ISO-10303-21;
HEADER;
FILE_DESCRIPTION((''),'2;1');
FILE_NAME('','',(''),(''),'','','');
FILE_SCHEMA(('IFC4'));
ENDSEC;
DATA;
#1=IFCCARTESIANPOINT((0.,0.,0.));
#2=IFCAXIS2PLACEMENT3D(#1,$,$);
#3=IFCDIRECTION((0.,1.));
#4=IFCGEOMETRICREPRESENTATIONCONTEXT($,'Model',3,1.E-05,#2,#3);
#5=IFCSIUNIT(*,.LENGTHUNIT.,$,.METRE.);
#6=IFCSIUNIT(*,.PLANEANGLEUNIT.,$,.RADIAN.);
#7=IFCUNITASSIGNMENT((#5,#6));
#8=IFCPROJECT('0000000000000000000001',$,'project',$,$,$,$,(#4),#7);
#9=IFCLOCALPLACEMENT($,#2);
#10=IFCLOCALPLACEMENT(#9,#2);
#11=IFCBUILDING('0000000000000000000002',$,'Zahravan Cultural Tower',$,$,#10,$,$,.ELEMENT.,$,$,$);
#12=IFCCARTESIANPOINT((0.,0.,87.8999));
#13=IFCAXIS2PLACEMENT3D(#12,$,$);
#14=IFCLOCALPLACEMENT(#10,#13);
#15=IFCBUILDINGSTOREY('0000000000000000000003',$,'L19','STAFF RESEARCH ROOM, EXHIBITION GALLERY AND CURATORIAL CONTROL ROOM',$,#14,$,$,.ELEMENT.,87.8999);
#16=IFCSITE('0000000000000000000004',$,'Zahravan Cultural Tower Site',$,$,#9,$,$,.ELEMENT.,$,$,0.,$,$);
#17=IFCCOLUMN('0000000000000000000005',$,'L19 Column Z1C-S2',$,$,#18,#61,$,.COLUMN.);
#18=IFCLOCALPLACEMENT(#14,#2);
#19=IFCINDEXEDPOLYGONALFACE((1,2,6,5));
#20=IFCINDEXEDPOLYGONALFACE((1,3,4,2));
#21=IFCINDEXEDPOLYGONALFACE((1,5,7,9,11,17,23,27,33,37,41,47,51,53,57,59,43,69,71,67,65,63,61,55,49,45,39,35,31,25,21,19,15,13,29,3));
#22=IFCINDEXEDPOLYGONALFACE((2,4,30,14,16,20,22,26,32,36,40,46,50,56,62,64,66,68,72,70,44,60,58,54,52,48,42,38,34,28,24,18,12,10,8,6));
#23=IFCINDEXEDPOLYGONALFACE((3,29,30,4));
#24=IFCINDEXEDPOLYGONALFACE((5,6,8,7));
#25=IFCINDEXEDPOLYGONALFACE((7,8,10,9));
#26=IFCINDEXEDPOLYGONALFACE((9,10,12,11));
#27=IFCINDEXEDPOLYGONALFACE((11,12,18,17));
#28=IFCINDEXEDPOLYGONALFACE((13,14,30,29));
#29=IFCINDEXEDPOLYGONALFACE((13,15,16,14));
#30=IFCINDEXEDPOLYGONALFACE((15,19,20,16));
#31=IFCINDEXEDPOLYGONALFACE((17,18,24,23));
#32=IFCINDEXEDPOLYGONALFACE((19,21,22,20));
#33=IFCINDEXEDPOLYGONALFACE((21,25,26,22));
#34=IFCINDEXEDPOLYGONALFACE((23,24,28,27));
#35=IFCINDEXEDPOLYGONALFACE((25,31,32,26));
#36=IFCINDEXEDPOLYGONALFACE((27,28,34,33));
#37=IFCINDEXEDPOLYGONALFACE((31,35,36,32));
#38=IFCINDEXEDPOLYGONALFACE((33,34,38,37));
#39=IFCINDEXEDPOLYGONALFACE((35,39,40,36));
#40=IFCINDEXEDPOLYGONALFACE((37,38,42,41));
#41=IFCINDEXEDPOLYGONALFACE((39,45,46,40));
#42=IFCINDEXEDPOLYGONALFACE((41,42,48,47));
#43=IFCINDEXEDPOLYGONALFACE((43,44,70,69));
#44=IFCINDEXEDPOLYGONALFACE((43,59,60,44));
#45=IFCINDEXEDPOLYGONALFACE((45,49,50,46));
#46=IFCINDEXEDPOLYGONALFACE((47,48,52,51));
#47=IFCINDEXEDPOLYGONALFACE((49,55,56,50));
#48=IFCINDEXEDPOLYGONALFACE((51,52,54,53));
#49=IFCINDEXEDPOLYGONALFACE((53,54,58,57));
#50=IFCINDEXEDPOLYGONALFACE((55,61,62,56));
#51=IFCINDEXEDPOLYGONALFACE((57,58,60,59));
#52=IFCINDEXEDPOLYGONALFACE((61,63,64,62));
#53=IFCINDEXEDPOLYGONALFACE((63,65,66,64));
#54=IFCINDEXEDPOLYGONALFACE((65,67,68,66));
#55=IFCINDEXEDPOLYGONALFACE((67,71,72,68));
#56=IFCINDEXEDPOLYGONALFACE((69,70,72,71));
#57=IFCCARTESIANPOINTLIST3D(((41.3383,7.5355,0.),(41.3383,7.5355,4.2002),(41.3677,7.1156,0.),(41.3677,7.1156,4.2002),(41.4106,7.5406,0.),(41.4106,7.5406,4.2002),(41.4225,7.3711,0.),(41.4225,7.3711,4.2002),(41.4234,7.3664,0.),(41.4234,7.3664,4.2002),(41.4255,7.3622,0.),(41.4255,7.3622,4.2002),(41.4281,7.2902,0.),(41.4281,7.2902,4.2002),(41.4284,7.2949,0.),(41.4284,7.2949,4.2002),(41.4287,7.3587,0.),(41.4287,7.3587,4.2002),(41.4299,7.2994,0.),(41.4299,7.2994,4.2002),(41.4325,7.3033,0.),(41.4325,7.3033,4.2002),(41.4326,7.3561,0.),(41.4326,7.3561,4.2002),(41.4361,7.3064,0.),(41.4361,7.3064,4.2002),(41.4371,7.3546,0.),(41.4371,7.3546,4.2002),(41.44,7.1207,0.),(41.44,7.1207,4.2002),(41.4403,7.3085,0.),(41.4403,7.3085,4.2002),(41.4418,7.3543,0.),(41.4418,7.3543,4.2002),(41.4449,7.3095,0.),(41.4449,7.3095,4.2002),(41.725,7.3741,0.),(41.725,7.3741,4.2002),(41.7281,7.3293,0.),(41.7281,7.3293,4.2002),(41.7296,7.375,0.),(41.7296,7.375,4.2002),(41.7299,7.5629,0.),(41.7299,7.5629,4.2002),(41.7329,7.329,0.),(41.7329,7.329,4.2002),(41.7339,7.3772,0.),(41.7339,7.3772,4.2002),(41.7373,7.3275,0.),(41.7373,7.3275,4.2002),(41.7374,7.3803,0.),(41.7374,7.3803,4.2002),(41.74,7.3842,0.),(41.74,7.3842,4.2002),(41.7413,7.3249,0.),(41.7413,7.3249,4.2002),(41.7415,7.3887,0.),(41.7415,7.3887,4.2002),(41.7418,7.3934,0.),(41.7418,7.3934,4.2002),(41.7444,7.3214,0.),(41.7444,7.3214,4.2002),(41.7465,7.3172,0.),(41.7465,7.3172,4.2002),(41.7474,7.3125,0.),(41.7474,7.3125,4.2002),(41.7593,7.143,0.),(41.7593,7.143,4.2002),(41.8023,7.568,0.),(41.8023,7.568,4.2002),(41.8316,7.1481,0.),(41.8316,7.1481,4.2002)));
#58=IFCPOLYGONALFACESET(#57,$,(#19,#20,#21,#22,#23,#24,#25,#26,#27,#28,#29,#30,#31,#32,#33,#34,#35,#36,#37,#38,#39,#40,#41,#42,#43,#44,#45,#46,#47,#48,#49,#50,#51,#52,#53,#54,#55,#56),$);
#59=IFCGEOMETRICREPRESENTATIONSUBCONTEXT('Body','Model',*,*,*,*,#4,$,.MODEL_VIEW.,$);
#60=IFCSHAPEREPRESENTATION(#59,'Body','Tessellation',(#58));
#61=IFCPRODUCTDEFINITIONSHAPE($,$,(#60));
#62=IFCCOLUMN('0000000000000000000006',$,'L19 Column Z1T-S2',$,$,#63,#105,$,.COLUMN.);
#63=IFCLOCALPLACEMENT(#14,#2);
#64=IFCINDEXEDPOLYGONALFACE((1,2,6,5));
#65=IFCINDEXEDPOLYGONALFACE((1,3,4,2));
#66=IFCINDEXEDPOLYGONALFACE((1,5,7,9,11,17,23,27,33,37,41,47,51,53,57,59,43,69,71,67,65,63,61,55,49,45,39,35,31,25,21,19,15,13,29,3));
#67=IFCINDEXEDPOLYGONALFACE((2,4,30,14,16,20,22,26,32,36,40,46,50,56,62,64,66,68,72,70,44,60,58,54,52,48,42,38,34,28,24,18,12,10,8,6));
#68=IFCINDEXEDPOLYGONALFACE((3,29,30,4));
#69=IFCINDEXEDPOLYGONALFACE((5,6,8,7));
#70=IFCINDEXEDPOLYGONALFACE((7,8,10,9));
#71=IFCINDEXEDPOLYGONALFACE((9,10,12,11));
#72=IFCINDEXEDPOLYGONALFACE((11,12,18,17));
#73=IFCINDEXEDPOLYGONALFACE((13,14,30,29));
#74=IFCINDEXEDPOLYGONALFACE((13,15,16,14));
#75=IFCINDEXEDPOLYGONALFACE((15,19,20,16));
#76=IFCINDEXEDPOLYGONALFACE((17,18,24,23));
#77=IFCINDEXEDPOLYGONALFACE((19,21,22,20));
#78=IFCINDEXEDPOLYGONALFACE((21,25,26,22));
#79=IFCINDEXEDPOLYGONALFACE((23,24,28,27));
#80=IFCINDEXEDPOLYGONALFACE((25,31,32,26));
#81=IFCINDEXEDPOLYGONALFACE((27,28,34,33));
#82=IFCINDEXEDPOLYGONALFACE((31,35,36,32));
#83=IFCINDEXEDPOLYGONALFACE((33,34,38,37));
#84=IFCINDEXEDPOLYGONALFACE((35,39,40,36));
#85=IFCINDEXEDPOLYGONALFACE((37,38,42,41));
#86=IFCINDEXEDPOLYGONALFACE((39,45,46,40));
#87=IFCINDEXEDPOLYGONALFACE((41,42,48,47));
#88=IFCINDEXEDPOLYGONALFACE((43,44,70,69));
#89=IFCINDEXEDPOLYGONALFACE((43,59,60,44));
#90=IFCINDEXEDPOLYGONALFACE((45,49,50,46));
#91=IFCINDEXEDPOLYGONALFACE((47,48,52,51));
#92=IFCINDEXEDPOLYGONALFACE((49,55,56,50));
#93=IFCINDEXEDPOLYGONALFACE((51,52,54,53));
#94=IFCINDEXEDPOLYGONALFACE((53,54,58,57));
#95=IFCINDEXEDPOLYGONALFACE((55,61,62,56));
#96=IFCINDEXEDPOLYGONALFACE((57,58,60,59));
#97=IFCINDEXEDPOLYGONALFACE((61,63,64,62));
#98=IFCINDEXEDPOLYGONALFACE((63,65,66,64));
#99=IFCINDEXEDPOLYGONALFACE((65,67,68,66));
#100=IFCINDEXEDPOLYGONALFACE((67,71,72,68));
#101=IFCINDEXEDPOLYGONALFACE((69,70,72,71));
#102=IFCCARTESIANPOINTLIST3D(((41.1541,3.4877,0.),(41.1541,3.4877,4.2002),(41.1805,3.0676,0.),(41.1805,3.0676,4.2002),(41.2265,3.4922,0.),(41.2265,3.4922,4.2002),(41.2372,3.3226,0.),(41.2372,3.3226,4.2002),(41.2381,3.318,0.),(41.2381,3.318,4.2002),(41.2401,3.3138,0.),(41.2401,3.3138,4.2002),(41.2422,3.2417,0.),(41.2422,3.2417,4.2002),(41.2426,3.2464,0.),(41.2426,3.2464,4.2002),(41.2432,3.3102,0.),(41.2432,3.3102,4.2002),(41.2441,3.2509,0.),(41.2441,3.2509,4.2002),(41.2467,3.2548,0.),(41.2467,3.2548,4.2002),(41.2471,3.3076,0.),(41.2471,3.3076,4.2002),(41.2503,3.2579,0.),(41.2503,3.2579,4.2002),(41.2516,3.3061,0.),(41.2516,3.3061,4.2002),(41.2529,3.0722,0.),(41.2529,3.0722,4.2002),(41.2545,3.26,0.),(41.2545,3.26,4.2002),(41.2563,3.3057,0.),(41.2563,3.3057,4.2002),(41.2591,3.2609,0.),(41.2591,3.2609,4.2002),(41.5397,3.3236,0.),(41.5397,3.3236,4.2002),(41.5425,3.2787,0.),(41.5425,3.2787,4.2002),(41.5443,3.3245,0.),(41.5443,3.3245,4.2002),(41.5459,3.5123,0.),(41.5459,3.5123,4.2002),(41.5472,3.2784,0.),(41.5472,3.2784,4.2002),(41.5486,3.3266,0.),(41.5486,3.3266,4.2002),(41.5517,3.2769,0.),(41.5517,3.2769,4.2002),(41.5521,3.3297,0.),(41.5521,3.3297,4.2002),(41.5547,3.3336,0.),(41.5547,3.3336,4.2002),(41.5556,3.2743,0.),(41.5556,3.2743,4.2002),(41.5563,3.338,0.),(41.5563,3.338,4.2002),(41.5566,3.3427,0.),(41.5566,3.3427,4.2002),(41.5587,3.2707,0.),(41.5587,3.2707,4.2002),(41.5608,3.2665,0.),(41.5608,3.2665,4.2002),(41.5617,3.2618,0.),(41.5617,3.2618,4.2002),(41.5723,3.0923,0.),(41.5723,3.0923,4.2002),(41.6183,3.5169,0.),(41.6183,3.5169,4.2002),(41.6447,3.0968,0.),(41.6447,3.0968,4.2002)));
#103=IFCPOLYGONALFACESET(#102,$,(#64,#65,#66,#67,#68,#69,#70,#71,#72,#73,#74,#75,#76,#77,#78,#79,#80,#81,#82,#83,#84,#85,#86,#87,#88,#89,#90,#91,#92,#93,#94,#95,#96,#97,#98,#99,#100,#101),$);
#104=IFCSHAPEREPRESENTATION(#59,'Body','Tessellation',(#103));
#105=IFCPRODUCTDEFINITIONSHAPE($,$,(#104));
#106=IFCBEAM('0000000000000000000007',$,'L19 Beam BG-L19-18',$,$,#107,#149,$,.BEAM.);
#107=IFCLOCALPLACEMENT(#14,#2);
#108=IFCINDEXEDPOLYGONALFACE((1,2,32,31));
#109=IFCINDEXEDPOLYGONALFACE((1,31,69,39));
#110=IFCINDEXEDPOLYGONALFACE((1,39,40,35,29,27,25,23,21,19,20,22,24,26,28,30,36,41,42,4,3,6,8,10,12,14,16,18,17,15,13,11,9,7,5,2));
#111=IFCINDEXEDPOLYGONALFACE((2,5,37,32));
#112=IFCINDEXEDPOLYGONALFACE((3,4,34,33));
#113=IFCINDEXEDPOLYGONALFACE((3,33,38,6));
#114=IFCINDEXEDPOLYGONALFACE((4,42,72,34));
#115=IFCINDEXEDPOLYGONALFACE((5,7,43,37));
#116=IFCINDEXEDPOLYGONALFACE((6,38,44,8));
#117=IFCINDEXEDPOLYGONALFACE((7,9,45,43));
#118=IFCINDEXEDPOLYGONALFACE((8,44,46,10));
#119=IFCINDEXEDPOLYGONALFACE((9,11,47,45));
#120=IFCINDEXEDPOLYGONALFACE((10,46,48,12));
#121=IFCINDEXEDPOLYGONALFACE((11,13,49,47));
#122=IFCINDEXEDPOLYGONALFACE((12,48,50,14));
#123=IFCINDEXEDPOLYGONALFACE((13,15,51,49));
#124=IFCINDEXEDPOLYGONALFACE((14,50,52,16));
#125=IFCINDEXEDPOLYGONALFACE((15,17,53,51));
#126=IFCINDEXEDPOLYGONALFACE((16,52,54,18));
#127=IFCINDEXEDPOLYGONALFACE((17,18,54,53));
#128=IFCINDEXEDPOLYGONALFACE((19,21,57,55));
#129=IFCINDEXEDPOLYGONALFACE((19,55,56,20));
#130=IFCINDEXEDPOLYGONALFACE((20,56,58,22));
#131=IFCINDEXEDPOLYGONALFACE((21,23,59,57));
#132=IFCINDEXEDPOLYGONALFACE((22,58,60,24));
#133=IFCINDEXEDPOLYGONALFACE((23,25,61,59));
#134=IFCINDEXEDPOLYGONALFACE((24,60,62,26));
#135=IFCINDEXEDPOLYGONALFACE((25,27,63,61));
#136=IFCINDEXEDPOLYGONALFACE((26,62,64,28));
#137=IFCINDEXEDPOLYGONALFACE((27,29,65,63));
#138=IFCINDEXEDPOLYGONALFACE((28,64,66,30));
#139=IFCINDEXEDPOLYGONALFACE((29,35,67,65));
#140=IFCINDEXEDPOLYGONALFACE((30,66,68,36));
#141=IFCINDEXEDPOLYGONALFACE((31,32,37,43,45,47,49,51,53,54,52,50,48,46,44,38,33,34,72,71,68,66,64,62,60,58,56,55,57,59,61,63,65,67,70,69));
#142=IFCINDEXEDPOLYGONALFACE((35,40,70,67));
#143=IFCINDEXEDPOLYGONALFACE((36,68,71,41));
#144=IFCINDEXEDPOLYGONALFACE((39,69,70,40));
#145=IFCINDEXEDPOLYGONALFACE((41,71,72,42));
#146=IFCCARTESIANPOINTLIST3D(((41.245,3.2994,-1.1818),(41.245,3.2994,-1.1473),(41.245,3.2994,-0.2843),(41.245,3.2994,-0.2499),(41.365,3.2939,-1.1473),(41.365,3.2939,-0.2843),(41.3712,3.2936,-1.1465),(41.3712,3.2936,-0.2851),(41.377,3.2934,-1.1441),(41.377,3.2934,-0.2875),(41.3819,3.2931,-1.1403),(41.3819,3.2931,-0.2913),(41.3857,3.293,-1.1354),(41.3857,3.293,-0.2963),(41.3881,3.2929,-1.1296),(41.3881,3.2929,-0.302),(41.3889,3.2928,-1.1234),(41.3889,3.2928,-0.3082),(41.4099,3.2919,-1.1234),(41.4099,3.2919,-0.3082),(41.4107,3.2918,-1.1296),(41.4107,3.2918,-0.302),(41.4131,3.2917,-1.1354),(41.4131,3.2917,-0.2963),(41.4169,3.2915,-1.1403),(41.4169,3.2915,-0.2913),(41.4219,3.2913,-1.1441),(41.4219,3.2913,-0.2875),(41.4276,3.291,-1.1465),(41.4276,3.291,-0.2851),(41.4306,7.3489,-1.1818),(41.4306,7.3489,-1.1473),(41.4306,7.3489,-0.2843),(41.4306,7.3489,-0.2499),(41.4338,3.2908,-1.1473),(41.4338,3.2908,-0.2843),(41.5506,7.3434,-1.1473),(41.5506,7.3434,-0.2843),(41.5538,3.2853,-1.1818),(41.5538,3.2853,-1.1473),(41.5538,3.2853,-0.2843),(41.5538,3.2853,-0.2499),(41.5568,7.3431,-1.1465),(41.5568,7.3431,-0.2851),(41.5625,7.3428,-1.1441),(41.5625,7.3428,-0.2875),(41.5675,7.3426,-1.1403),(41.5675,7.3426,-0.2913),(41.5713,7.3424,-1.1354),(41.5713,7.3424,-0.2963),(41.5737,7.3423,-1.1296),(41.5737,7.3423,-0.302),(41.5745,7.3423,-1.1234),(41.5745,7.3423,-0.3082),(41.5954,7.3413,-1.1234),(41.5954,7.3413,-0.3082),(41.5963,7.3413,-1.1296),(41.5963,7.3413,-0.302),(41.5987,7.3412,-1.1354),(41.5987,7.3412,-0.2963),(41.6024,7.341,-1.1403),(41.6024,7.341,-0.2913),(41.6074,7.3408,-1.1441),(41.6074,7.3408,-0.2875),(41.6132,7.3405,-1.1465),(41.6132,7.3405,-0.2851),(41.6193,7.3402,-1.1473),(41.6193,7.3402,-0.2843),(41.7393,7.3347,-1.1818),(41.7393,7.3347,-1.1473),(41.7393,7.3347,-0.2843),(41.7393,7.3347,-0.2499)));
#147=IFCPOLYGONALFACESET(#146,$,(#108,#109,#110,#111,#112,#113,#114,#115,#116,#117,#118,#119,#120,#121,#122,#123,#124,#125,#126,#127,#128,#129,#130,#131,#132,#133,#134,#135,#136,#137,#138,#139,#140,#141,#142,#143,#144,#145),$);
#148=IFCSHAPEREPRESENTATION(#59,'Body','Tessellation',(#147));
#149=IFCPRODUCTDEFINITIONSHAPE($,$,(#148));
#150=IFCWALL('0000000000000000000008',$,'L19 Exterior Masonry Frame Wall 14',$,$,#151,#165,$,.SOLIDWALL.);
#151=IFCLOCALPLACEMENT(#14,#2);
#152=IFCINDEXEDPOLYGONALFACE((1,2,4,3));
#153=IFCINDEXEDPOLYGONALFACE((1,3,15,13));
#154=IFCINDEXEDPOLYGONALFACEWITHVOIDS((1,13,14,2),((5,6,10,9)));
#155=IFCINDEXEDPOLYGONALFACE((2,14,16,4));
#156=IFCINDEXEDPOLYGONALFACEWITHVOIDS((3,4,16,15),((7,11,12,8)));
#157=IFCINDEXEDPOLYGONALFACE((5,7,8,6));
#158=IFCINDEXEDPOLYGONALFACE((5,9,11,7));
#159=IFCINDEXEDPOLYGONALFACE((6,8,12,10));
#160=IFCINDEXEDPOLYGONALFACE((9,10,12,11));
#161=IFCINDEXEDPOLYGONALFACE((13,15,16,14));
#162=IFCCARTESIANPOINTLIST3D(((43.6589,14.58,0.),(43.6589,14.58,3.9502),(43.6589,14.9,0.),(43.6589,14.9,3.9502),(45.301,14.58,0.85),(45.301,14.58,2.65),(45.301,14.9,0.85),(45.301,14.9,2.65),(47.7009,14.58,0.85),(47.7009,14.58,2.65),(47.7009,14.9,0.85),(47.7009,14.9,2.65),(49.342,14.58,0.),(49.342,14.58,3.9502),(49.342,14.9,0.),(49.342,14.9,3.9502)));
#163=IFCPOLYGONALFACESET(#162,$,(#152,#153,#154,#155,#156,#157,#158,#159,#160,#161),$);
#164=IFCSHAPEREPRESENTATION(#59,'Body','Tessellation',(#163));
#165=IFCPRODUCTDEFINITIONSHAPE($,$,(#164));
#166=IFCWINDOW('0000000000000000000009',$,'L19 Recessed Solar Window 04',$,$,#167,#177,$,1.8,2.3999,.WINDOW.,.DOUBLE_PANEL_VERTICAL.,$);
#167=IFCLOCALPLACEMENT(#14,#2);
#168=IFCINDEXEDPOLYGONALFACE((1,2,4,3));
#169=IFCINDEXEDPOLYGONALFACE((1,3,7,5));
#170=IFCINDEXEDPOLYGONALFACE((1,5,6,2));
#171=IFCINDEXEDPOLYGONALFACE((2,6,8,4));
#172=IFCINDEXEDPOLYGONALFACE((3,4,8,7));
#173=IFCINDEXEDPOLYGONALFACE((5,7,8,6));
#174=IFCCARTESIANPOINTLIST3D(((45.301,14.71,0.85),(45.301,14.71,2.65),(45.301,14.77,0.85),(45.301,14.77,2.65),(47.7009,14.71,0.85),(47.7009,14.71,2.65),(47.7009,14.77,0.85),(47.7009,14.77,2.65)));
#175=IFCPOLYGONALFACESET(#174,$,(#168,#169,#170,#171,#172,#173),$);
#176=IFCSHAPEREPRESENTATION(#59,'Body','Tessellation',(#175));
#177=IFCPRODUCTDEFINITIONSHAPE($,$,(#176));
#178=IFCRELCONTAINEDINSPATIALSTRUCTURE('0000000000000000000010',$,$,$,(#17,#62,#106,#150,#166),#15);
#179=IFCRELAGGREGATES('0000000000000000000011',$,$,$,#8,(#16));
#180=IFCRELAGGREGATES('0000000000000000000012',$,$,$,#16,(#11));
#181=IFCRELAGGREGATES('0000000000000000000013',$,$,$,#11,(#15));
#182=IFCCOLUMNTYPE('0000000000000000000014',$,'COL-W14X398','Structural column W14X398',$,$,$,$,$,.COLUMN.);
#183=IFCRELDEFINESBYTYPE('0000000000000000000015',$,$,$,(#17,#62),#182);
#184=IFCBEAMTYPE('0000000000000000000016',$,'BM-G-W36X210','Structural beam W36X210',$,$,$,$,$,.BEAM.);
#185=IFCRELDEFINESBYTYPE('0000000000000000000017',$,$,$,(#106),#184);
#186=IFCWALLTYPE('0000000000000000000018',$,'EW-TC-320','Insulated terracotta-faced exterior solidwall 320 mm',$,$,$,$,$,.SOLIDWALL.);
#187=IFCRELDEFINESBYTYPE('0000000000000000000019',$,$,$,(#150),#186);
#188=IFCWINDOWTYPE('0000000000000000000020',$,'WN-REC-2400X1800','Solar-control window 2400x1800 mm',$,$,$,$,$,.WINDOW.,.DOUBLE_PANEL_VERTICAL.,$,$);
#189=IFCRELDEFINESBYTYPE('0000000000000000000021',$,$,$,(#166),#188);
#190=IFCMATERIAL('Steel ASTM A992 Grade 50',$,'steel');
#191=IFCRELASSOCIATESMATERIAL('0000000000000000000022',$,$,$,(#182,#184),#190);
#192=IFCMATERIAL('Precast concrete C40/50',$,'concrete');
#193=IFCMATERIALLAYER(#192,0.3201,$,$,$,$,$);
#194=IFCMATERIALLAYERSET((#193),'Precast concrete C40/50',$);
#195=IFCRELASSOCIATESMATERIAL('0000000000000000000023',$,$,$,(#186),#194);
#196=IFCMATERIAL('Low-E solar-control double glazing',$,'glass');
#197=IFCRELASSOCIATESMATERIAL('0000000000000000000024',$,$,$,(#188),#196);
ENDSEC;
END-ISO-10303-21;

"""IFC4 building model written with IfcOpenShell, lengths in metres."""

from ifc_helpers import new_model, si_unit, direction, frame, frame_2d, origin, origin_2d, place, context, subcontext, project, spatial, rectangle, i_section, extrude, source, transform, mapped, material, layer, layer_set, material_profile, profile_set, type_object, element, fill, save


model = new_model("IFC4")

# Units and contexts
model_context = context("Model", 3, precision=1e-05, world=origin(), true_north=direction((0.0, 1.0)))
body_context = subcontext(model_context, "Body", "Model", "MODEL_VIEW")
ifc_project = project(units=[si_unit("LENGTHUNIT", "METRE"), si_unit("PLANEANGLEUNIT", "RADIAN")], contexts=[model_context])

# Site, building, storey
site_placement = place(None, origin())
site = spatial("IfcSite", under=ifc_project, at=site_placement, Name="Zahravan Cultural Tower Site", CompositionType="ELEMENT", RefElevation=0.0)
building_placement = place(site_placement, origin())
building = spatial("IfcBuilding", under=site, at=building_placement, Name="Zahravan Cultural Tower", CompositionType="ELEMENT")
storey_placement = place(building_placement, frame((0.0, 0.0, 87.8999)))
storey = spatial("IfcBuildingStorey", under=building, at=storey_placement, Name="L19", Description="STAFF RESEARCH ROOM, EXHIBITION GALLERY AND CURATORIAL CONTROL ROOM", CompositionType="ELEMENT", Elevation=87.8999)

# Columns
ifc_material_1 = material(Name="Steel ASTM A992 Grade 50", Category="steel")
ifc_material_profile_1 = material_profile(ifc_material_1, i_section(OverallWidth=0.4209, OverallDepth=0.4651, WebThickness=0.0449, FlangeThickness=0.0725, FilletRadius=0.0181, at=origin_2d()), Name="W14X398")
ifc_profile_set_1 = profile_set([ifc_material_profile_1], Name="Steel ASTM A992 Grade 50")
column_type = type_object("IfcColumnType", Name="COL-W14X398", Description="Structural column W14X398", PredefinedType="COLUMN", material=ifc_profile_set_1)
shared_shape_1 = source(origin(), body_context, "Body", "SweptSolid", [
    extrude(i_section(OverallWidth=0.4209, OverallDepth=0.4651, WebThickness=0.0449, FlangeThickness=0.0725, FilletRadius=0.0181, at=origin_2d()), origin(), (0.0, 0.0, 1.0), 4.2002),
])
for number, where, z_axis, x_axis, name in (
    (1, (41.585, 7.3418, 0.0), (0.0, 0.0, 1.0), (-0.069756, 0.997564, 0.0), "L19 Column Z1C-S2"),
    (2, (41.3994, 3.2922, 0.0), (0.0, 0.0, 1.0), (-0.062791, 0.998027, 0.0), "L19 Column Z1T-S2"),
):
    element("IfcColumn", number, at=place(storey_placement, frame(where, z_axis=z_axis, x_axis=x_axis)), inside=storey, type_object=column_type, Name=name, PredefinedType="COLUMN", context=body_context, shape_type="MappedRepresentation", body=[
        mapped(shared_shape_1, transform((0.0, 0.0, 0.0), x_axis=(1.0, 0.0, 0.0), y_axis=(0.0, 1.0, 0.0), z_axis=(0.0, 0.0, 1.0), scale=1.0)),
    ])

# Beam
ifc_material_profile_2 = material_profile(ifc_material_1, i_section(OverallWidth=0.3091, OverallDepth=0.9319, WebThickness=0.021, FlangeThickness=0.0344, FilletRadius=0.0239, at=origin_2d()), Name="W36X210")
ifc_profile_set_2 = profile_set([ifc_material_profile_2], Name="Steel ASTM A992 Grade 50")
beam_type = type_object("IfcBeamType", Name="BM-G-W36X210", Description="Structural beam W36X210", PredefinedType="BEAM", material=ifc_profile_set_2)
shared_shape_2 = source(origin(), body_context, "Body", "SweptSolid", [
    extrude(i_section(OverallWidth=0.3091, OverallDepth=0.9319, WebThickness=0.021, FlangeThickness=0.0344, FilletRadius=0.0239, at=origin_2d()), origin(), (0.0, 0.0, 1.0), 4.0537),
])
beam_placement = place(storey_placement, frame((41.585, 7.3418, -0.7158), z_axis=(-0.045771, -0.998952, 0.0), x_axis=(0.998952, -0.045771, 0.0)))
element("IfcBeam", 3, at=beam_placement, inside=storey, type_object=beam_type, Name="L19 Beam BG-L19-18", PredefinedType="BEAM", context=body_context, shape_type="MappedRepresentation", body=[
    mapped(shared_shape_2, transform((0.0, 0.0, 0.0), x_axis=(1.0, 0.0, 0.0), y_axis=(0.0, 1.0, 0.0), z_axis=(0.0, 0.0, 1.0), scale=1.0)),
])

# Wall, opening, window
ifc_material_2 = material(Name="Precast concrete C40/50", Category="concrete")
ifc_layer_1 = layer(ifc_material_2, 0.3201)
ifc_layer_set_1 = layer_set([ifc_layer_1], Name="Precast concrete C40/50")
wall_type_1 = type_object("IfcWallType", Name="EW-TC-320", Description="Insulated terracotta-faced exterior solidwall 320 mm", PredefinedType="SOLIDWALL", material=ifc_layer_set_1)
wall_1_placement = place(storey_placement, frame((49.342, 14.74, 0.0), z_axis=(0.0, 0.0, 1.0), x_axis=(-1.0, 0.0, 0.0)))
wall_1 = element("IfcWall", 4, at=wall_1_placement, inside=storey, type_object=wall_type_1, Name="L19 Exterior Masonry Frame Wall 14", PredefinedType="SOLIDWALL", context=body_context, shape_type="SweptSolid", body=[
    extrude(rectangle(XDim=5.6831, YDim=0.3201, at=frame_2d((2.8416, 0.0))), origin(), (0.0, 0.0, 1.0), 3.9502),
])
opening_1_placement = place(wall_1_placement, frame((1.6411, 0.0, 0.8501)))
opening_1 = element("IfcOpeningElement", 5, at=opening_1_placement, cuts=wall_1, PredefinedType="OPENING", context=body_context, shape_type="SweptSolid", body=[
    extrude(rectangle(XDim=2.3999, YDim=1.8, at=frame_2d((1.2, 0.8999))), frame((0.0, 0.1699, 0.0), z_axis=(0.0, -1.0, 0.0), x_axis=(1.0, 0.0, 0.0)), (0.0, 0.0, 1.0), 0.3401),
])
ifc_material_3 = material(Name="Low-E solar-control double glazing", Category="glass")
window_type = type_object("IfcWindowType", Name="WN-REC-2400X1800", Description="Solar-control window 2400x1800 mm", PartitioningType="DOUBLE_PANEL_VERTICAL", PredefinedType="WINDOW", material=ifc_material_3)
shared_shape_3 = source(origin(), body_context, "Body", "SweptSolid", [
    extrude(rectangle(XDim=2.3999, YDim=1.8, at=frame_2d((1.2, 0.8999))), frame((0.0, 0.03, 0.0), z_axis=(0.0, -1.0, 0.0), x_axis=(1.0, 0.0, 0.0)), (0.0, 0.0, 1.0), 0.0601),
])
window_1_placement = place(opening_1_placement, origin())
window_1 = element("IfcWindow", 6, at=window_1_placement, inside=storey, type_object=window_type, Name="L19 Recessed Solar Window 04", OverallHeight=1.8, OverallWidth=2.3999, PartitioningType="DOUBLE_PANEL_VERTICAL", PredefinedType="WINDOW", context=body_context, shape_type="MappedRepresentation", body=[
    mapped(shared_shape_3, transform((0.0, 0.0, 0.0), x_axis=(1.0, 0.0, 0.0), y_axis=(0.0, 1.0, 0.0), z_axis=(0.0, 0.0, 1.0), scale=1.0)),
])
fill(opening_1, window_1)

save(model, "model.ifc")
